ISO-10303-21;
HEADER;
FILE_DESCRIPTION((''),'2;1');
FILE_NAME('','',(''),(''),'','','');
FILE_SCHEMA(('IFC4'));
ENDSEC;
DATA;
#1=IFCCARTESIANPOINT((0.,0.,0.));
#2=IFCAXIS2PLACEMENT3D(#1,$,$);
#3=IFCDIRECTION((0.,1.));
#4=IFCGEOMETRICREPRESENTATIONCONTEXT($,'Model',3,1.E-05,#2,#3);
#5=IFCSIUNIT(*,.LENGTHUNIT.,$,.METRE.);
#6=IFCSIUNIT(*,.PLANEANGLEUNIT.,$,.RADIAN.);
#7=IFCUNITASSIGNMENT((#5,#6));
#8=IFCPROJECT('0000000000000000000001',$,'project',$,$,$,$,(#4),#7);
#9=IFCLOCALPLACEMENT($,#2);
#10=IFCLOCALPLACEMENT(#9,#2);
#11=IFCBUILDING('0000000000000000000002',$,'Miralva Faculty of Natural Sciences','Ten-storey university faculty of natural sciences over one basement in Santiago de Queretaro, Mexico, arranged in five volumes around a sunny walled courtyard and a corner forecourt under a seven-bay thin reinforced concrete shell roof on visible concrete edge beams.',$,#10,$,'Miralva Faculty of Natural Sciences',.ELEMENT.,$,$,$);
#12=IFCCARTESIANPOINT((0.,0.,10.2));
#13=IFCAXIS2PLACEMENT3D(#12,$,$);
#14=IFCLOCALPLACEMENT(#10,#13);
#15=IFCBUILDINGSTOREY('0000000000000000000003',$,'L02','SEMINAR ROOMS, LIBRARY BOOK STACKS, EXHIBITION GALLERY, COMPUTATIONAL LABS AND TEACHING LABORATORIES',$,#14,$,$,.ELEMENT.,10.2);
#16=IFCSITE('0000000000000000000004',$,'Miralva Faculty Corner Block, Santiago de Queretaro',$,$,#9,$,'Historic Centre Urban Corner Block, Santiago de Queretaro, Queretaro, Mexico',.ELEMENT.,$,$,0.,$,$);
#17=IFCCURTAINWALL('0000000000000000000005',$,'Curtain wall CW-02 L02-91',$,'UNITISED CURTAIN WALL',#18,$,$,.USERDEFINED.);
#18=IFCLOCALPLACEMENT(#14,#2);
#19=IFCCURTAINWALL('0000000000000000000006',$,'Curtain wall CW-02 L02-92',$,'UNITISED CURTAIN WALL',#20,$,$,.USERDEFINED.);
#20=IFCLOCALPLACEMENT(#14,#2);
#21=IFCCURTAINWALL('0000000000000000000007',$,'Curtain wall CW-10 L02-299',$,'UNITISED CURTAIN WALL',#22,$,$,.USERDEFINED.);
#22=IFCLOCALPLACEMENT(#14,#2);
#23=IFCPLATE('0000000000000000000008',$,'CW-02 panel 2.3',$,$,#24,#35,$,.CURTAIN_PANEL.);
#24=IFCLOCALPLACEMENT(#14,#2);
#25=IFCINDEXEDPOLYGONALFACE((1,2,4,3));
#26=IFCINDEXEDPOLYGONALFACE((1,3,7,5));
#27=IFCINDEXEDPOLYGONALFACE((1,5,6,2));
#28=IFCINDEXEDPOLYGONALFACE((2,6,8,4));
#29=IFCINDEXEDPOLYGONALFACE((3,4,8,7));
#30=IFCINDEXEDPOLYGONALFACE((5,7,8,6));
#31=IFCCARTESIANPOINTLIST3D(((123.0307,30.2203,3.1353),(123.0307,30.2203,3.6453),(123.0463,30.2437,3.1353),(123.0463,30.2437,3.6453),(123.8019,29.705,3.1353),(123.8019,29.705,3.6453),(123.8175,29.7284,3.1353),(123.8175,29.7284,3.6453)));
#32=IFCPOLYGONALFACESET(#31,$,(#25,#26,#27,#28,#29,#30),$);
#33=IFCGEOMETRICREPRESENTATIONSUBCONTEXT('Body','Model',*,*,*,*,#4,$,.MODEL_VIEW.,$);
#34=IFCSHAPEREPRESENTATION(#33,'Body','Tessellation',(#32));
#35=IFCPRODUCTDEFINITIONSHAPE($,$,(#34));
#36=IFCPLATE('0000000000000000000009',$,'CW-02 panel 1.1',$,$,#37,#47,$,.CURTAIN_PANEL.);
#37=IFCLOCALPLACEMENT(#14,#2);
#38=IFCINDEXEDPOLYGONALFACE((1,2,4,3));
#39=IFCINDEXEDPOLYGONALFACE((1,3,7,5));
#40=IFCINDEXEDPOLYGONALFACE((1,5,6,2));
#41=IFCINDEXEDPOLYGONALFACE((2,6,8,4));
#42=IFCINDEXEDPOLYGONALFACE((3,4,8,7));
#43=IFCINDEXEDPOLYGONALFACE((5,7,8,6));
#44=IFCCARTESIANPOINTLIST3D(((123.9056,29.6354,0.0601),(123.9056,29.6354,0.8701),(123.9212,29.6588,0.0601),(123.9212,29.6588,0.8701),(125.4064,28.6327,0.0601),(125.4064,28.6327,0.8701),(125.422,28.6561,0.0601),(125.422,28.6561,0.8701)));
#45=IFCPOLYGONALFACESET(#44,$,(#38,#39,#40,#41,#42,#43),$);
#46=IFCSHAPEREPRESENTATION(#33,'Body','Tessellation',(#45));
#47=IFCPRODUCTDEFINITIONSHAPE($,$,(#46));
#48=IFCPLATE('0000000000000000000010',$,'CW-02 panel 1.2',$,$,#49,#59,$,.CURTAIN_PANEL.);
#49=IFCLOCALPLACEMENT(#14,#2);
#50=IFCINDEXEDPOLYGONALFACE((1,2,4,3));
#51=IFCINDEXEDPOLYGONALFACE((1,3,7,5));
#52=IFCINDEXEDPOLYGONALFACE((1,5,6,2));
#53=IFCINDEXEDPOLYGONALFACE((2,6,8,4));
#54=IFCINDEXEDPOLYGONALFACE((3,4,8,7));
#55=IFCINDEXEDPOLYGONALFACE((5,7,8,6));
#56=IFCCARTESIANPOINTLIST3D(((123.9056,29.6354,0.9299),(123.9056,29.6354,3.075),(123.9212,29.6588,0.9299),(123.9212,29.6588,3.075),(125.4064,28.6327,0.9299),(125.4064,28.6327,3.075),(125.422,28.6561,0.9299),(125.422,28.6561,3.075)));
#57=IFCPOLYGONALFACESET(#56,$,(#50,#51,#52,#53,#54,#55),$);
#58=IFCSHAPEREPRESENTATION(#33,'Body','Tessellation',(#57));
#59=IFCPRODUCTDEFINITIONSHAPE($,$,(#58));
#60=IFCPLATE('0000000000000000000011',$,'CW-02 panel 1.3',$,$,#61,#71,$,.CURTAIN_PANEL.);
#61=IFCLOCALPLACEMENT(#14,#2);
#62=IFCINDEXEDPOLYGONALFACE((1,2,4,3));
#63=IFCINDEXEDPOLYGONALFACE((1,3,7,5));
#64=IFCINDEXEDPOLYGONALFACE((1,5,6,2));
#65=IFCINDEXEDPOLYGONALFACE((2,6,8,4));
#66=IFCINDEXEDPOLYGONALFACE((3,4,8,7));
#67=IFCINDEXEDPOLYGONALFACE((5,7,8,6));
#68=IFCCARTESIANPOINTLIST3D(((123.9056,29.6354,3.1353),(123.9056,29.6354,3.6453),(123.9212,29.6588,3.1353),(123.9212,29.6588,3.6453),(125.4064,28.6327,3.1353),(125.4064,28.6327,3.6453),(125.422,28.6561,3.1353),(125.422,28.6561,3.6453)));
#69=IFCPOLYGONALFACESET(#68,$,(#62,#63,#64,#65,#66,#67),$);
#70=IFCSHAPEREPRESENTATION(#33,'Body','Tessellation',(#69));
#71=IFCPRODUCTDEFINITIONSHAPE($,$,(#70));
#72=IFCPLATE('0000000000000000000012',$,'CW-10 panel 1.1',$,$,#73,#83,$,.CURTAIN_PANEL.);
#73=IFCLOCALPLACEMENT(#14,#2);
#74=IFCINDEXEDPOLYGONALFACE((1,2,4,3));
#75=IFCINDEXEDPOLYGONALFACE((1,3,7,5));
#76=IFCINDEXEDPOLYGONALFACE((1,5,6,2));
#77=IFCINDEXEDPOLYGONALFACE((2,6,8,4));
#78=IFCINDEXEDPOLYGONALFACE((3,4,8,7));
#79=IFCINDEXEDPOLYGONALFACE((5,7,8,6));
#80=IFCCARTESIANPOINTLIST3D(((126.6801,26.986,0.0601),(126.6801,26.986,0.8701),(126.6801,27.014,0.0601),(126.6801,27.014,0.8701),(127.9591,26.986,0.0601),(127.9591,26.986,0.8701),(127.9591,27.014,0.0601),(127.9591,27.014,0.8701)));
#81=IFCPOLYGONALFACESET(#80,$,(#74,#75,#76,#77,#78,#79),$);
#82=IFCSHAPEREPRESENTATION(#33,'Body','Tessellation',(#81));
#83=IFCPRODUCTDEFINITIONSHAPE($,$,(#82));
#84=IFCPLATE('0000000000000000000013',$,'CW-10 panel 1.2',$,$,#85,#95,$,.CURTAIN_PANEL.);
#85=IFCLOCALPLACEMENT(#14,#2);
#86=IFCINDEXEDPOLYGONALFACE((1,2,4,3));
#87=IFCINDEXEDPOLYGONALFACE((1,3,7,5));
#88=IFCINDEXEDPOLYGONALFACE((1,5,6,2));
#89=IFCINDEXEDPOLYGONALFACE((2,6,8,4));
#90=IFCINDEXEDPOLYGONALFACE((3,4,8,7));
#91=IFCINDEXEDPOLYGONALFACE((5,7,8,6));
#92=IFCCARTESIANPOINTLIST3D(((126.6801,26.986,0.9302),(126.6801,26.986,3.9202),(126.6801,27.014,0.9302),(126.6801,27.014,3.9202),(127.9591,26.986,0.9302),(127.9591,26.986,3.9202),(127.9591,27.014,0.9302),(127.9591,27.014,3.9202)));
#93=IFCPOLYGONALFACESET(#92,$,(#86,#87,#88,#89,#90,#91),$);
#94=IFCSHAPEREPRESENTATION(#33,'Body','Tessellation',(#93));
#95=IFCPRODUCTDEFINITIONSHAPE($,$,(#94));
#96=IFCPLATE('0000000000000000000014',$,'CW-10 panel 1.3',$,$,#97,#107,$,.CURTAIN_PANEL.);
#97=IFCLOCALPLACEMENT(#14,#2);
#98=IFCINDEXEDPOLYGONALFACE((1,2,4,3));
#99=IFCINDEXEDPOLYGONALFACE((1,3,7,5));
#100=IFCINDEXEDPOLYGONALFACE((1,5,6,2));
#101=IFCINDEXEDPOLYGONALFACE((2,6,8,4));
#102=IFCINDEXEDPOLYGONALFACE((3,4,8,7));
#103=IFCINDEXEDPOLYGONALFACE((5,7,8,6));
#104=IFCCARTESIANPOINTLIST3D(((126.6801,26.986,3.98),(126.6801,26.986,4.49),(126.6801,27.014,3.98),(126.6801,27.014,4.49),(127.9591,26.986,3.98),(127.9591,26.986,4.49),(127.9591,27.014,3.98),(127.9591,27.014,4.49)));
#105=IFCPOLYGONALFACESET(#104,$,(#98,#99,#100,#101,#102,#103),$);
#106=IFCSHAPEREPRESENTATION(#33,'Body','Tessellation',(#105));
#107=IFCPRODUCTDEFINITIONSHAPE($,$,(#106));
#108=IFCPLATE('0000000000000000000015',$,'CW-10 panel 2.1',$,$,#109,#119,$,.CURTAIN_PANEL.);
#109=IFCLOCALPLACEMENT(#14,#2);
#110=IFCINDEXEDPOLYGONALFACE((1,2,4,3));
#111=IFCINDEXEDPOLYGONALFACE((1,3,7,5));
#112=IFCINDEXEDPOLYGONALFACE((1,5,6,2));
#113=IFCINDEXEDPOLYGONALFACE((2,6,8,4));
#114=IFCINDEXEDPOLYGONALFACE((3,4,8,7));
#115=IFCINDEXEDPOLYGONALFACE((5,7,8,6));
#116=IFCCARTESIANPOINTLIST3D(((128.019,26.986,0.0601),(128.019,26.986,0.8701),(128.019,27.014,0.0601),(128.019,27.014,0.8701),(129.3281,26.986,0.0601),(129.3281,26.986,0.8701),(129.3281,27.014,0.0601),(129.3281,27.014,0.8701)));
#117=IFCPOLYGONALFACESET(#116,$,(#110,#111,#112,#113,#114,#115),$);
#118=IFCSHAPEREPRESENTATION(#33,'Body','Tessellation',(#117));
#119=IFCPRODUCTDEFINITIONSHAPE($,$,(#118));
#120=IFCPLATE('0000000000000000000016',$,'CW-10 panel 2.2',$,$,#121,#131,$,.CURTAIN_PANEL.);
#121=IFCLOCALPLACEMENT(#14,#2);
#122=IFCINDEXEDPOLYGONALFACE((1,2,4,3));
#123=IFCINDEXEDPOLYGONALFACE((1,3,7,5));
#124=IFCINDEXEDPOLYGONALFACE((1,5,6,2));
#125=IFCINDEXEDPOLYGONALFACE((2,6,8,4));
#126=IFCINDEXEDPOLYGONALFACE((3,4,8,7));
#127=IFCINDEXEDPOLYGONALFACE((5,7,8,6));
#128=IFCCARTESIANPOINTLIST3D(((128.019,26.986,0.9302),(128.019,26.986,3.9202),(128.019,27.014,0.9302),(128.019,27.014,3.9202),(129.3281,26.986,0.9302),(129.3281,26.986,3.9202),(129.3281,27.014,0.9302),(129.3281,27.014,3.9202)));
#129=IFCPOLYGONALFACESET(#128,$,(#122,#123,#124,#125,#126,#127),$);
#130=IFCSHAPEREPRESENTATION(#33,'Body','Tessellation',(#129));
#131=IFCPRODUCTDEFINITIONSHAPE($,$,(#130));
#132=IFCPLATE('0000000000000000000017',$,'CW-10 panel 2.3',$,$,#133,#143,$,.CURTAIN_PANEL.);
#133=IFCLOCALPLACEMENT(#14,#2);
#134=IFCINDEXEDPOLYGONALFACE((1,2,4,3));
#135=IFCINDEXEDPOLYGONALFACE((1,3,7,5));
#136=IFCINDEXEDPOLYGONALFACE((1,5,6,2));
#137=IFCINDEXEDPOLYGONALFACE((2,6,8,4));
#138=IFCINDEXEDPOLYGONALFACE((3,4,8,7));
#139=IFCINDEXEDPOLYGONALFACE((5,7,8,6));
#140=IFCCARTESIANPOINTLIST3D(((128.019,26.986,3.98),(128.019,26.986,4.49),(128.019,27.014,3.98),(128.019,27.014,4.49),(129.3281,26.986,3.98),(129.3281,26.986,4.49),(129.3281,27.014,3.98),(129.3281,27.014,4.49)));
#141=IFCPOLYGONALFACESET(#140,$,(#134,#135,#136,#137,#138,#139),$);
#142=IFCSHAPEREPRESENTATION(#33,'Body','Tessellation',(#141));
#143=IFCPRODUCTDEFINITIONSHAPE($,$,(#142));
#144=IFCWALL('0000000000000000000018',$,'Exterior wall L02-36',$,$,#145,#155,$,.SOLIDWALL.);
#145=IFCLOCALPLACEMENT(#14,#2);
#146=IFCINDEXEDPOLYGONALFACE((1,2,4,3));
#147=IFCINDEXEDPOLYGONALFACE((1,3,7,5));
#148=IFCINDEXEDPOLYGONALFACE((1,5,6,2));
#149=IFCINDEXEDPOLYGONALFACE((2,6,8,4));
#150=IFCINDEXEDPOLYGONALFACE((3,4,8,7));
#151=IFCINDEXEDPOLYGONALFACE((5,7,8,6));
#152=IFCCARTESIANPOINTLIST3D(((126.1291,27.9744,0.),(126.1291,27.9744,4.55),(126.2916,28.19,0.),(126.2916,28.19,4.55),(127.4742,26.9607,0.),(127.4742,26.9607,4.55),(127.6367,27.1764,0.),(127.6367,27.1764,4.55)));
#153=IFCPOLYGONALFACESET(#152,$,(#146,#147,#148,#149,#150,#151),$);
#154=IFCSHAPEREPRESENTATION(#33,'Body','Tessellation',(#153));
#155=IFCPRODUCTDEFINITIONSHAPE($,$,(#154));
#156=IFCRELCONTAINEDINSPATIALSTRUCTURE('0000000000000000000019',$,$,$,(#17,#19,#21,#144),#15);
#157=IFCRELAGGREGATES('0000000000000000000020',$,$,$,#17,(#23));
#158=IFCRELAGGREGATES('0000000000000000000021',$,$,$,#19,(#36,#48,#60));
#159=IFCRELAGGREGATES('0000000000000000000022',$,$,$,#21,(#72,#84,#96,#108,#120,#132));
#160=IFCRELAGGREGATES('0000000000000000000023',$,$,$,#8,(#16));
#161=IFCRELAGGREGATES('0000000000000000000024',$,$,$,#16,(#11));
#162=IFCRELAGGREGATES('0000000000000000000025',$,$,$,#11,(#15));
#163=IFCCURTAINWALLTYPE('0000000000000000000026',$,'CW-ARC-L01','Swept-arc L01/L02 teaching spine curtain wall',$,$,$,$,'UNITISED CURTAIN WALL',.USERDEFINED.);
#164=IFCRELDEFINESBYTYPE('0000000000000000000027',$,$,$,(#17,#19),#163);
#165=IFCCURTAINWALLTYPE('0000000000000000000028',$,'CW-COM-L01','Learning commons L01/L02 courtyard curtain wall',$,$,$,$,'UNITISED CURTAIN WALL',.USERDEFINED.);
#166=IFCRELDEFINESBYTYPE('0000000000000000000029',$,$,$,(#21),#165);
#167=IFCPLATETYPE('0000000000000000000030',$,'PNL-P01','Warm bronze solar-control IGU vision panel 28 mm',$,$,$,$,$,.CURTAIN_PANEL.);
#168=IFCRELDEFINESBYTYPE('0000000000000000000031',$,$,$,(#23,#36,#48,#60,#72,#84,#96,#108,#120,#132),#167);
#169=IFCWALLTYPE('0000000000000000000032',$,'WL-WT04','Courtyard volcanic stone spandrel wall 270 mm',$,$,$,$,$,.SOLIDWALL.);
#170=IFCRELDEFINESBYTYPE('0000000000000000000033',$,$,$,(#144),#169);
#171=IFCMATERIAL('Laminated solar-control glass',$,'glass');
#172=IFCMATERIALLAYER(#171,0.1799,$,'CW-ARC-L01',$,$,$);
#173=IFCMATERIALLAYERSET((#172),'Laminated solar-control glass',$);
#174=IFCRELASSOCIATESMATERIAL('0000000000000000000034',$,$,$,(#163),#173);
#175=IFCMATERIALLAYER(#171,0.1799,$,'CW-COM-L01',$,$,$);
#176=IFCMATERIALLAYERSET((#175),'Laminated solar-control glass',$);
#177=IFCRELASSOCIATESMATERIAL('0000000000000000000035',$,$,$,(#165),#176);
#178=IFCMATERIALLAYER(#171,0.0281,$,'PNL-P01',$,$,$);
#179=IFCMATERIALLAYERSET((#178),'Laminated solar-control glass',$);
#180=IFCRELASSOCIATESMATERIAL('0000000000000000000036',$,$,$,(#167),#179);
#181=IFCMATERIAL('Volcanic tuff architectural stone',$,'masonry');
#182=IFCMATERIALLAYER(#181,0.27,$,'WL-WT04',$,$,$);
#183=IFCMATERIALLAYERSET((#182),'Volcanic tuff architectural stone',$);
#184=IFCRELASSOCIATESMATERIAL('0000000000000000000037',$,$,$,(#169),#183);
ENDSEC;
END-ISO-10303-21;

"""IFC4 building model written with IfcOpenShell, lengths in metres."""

from ifc_helpers import new_model, si_unit, direction, frame, frame_2d, origin, origin_2d, place, context, subcontext, project, spatial, rectangle, extrude, material, layer, layer_set, type_object, element, aggregate, save


model = new_model("IFC4")

# Units and contexts
model_context = context("Model", 3, precision=1e-05, world=origin(), true_north=direction((0.0, 1.0)))
body_context = subcontext(model_context, "Body", "Model", "MODEL_VIEW")
ifc_project = project(units=[si_unit("LENGTHUNIT", "METRE"), si_unit("PLANEANGLEUNIT", "RADIAN")], contexts=[model_context])

# Site, building, storey
site_placement = place(None, origin())
site = spatial("IfcSite", under=ifc_project, at=site_placement, Name="Miralva Faculty Corner Block, Santiago de Queretaro", LongName="Historic Centre Urban Corner Block, Santiago de Queretaro, Queretaro, Mexico", CompositionType="ELEMENT", RefElevation=0.0)
building_placement = place(site_placement, origin())
building = spatial("IfcBuilding", under=site, at=building_placement, Name="Miralva Faculty of Natural Sciences", Description="Ten-storey university faculty of natural sciences over one basement in Santiago de Queretaro, Mexico, arranged in five volumes around a sunny walled courtyard and a corner forecourt under a seven-bay thin reinforced concrete shell roof on visible concrete edge beams.", LongName="Miralva Faculty of Natural Sciences", CompositionType="ELEMENT")
storey_placement = place(building_placement, frame((0.0, 0.0, 10.2)))
storey = spatial("IfcBuildingStorey", under=building, at=storey_placement, Name="L02", Description="SEMINAR ROOMS, LIBRARY BOOK STACKS, EXHIBITION GALLERY, COMPUTATIONAL LABS AND TEACHING LABORATORIES", CompositionType="ELEMENT", Elevation=10.2)

# Curtain walls
ifc_material_1 = material(Name="Laminated solar-control glass", Category="glass")
ifc_layer_1 = layer(ifc_material_1, 0.1799, Name="CW-ARC-L01")
ifc_layer_set_1 = layer_set([ifc_layer_1], Name="Laminated solar-control glass")
curtain_wall_type_1 = type_object("IfcCurtainWallType", Name="CW-ARC-L01", Description="Swept-arc L01/L02 teaching spine curtain wall", ElementType="UNITISED CURTAIN WALL", PredefinedType="USERDEFINED", material=ifc_layer_set_1)
curtain_wall_1_placement = place(storey_placement, origin())
curtain_wall_1 = element("IfcCurtainWall", 1, at=curtain_wall_1_placement, inside=storey, type_object=curtain_wall_type_1, Name="Curtain wall CW-02 L02-91", ObjectType="UNITISED CURTAIN WALL", PredefinedType="USERDEFINED")
curtain_wall_2_placement = place(storey_placement, origin())
curtain_wall_2 = element("IfcCurtainWall", 2, at=curtain_wall_2_placement, inside=storey, type_object=curtain_wall_type_1, Name="Curtain wall CW-02 L02-92", ObjectType="UNITISED CURTAIN WALL", PredefinedType="USERDEFINED")
ifc_layer_2 = layer(ifc_material_1, 0.1799, Name="CW-COM-L01")
ifc_layer_set_2 = layer_set([ifc_layer_2], Name="Laminated solar-control glass")
curtain_wall_type_2 = type_object("IfcCurtainWallType", Name="CW-COM-L01", Description="Learning commons L01/L02 courtyard curtain wall", ElementType="UNITISED CURTAIN WALL", PredefinedType="USERDEFINED", material=ifc_layer_set_2)
curtain_wall_3_placement = place(storey_placement, origin())
curtain_wall_3 = element("IfcCurtainWall", 3, at=curtain_wall_3_placement, inside=storey, type_object=curtain_wall_type_2, Name="Curtain wall CW-10 L02-299", ObjectType="UNITISED CURTAIN WALL", PredefinedType="USERDEFINED")

# Plates
ifc_layer_3 = layer(ifc_material_1, 0.0281, Name="PNL-P01")
ifc_layer_set_3 = layer_set([ifc_layer_3], Name="Laminated solar-control glass")
plate_type = type_object("IfcPlateType", Name="PNL-P01", Description="Warm bronze solar-control IGU vision panel 28 mm", PredefinedType="CURTAIN_PANEL", material=ifc_layer_set_3)
plate_1_placement = place(storey_placement, frame((123.4241, 29.9744, 3.1353), z_axis=(0.0, 0.0, 1.0), x_axis=(0.831457, -0.555589, 0.0)))
plate_1 = element("IfcPlate", 4, at=plate_1_placement, type_object=plate_type, Name="CW-02 panel 2.3", PredefinedType="CURTAIN_PANEL", context=body_context, shape_type="SweptSolid", body=[
    extrude(rectangle(XDim=0.9275, YDim=0.0281, at=origin_2d()), origin(), (0.0, 0.0, 1.0), 0.51),
])
aggregate(curtain_wall_1, [plate_1])
plate_2_placement = place(storey_placement, frame((124.6638, 29.1458, 0.0601), z_axis=(0.0, 0.0, 1.0), x_axis=(0.831485, -0.555547, 0.0)))
plate_2 = element("IfcPlate", 5, at=plate_2_placement, type_object=plate_type, Name="CW-02 panel 1.1", PredefinedType="CURTAIN_PANEL", context=body_context, shape_type="SweptSolid", body=[
    extrude(rectangle(XDim=1.8049, YDim=0.0281, at=origin_2d()), origin(), (0.0, 0.0, 1.0), 0.8101),
])
plate_3_placement = place(storey_placement, frame((124.6638, 29.1458, 0.9299), z_axis=(0.0, 0.0, 1.0), x_axis=(0.831485, -0.555547, 0.0)))
plate_3 = element("IfcPlate", 6, at=plate_3_placement, type_object=plate_type, Name="CW-02 panel 1.2", PredefinedType="CURTAIN_PANEL", context=body_context, shape_type="SweptSolid", body=[
    extrude(rectangle(XDim=1.8049, YDim=0.0281, at=origin_2d()), origin(), (0.0, 0.0, 1.0), 2.145),
])
plate_4_placement = place(storey_placement, frame((124.6638, 29.1458, 3.1353), z_axis=(0.0, 0.0, 1.0), x_axis=(0.831485, -0.555547, 0.0)))
plate_4 = element("IfcPlate", 7, at=plate_4_placement, type_object=plate_type, Name="CW-02 panel 1.3", PredefinedType="CURTAIN_PANEL", context=body_context, shape_type="SweptSolid", body=[
    extrude(rectangle(XDim=1.8049, YDim=0.0281, at=origin_2d()), origin(), (0.0, 0.0, 1.0), 0.51),
])
aggregate(curtain_wall_2, [plate_2, plate_3, plate_4])
plate_5_placement = place(storey_placement, frame((127.3196, 27.0, 0.0601), z_axis=(0.0, 0.0, 1.0), x_axis=(1.0, 0.0, 0.0)))
plate_5 = element("IfcPlate", 8, at=plate_5_placement, type_object=plate_type, Name="CW-10 panel 1.1", PredefinedType="CURTAIN_PANEL", context=body_context, shape_type="SweptSolid", body=[
    extrude(rectangle(XDim=1.2791, YDim=0.0281, at=origin_2d()), origin(), (0.0, 0.0, 1.0), 0.8101),
])
plate_6_placement = place(storey_placement, frame((127.3196, 27.0, 0.9302), z_axis=(0.0, 0.0, 1.0), x_axis=(1.0, 0.0, 0.0)))
plate_6 = element("IfcPlate", 9, at=plate_6_placement, type_object=plate_type, Name="CW-10 panel 1.2", PredefinedType="CURTAIN_PANEL", context=body_context, shape_type="SweptSolid", body=[
    extrude(rectangle(XDim=1.2791, YDim=0.0281, at=origin_2d()), origin(), (0.0, 0.0, 1.0), 2.99),
])
plate_7_placement = place(storey_placement, frame((127.3196, 27.0, 3.98), z_axis=(0.0, 0.0, 1.0), x_axis=(1.0, 0.0, 0.0)))
plate_7 = element("IfcPlate", 10, at=plate_7_placement, type_object=plate_type, Name="CW-10 panel 1.3", PredefinedType="CURTAIN_PANEL", context=body_context, shape_type="SweptSolid", body=[
    extrude(rectangle(XDim=1.2791, YDim=0.0281, at=origin_2d()), origin(), (0.0, 0.0, 1.0), 0.51),
])
plate_8_placement = place(storey_placement, frame((128.6736, 27.0, 0.0601), z_axis=(0.0, 0.0, 1.0), x_axis=(1.0, 0.0, 0.0)))
plate_8 = element("IfcPlate", 11, at=plate_8_placement, type_object=plate_type, Name="CW-10 panel 2.1", PredefinedType="CURTAIN_PANEL", context=body_context, shape_type="SweptSolid", body=[
    extrude(rectangle(XDim=1.3091, YDim=0.0281, at=origin_2d()), origin(), (0.0, 0.0, 1.0), 0.8101),
])
plate_9_placement = place(storey_placement, frame((128.6736, 27.0, 0.9302), z_axis=(0.0, 0.0, 1.0), x_axis=(1.0, 0.0, 0.0)))
plate_9 = element("IfcPlate", 12, at=plate_9_placement, type_object=plate_type, Name="CW-10 panel 2.2", PredefinedType="CURTAIN_PANEL", context=body_context, shape_type="SweptSolid", body=[
    extrude(rectangle(XDim=1.3091, YDim=0.0281, at=origin_2d()), origin(), (0.0, 0.0, 1.0), 2.99),
])
plate_10_placement = place(storey_placement, frame((128.6736, 27.0, 3.98), z_axis=(0.0, 0.0, 1.0), x_axis=(1.0, 0.0, 0.0)))
plate_10 = element("IfcPlate", 13, at=plate_10_placement, type_object=plate_type, Name="CW-10 panel 2.3", PredefinedType="CURTAIN_PANEL", context=body_context, shape_type="SweptSolid", body=[
    extrude(rectangle(XDim=1.3091, YDim=0.0281, at=origin_2d()), origin(), (0.0, 0.0, 1.0), 0.51),
])
aggregate(curtain_wall_3, [plate_5, plate_6, plate_7, plate_8, plate_9, plate_10])

# Wall
ifc_material_2 = material(Name="Volcanic tuff architectural stone", Category="masonry")
ifc_layer_4 = layer(ifc_material_2, 0.27, Name="WL-WT04")
ifc_layer_set_4 = layer_set([ifc_layer_4], Name="Volcanic tuff architectural stone")
wall_type = type_object("IfcWallType", Name="WL-WT04", Description="Courtyard volcanic stone spandrel wall 270 mm", PredefinedType="SOLIDWALL", material=ifc_layer_set_4)
wall_placement = place(storey_placement, frame((126.2102, 28.0823, 0.0), z_axis=(0.0, 0.0, 1.0), x_axis=(0.798641, -0.601807, 0.0)))
element("IfcWall", 14, at=wall_placement, inside=storey, type_object=wall_type, Name="Exterior wall L02-36", PredefinedType="SOLIDWALL", context=body_context, shape_type="SweptSolid", body=[
    extrude(rectangle(XDim=1.6843, YDim=0.27, at=frame_2d((0.8423, 0.0))), origin(), (0.0, 0.0, 1.0), 4.55),
])

save(model, "model.ifc")
